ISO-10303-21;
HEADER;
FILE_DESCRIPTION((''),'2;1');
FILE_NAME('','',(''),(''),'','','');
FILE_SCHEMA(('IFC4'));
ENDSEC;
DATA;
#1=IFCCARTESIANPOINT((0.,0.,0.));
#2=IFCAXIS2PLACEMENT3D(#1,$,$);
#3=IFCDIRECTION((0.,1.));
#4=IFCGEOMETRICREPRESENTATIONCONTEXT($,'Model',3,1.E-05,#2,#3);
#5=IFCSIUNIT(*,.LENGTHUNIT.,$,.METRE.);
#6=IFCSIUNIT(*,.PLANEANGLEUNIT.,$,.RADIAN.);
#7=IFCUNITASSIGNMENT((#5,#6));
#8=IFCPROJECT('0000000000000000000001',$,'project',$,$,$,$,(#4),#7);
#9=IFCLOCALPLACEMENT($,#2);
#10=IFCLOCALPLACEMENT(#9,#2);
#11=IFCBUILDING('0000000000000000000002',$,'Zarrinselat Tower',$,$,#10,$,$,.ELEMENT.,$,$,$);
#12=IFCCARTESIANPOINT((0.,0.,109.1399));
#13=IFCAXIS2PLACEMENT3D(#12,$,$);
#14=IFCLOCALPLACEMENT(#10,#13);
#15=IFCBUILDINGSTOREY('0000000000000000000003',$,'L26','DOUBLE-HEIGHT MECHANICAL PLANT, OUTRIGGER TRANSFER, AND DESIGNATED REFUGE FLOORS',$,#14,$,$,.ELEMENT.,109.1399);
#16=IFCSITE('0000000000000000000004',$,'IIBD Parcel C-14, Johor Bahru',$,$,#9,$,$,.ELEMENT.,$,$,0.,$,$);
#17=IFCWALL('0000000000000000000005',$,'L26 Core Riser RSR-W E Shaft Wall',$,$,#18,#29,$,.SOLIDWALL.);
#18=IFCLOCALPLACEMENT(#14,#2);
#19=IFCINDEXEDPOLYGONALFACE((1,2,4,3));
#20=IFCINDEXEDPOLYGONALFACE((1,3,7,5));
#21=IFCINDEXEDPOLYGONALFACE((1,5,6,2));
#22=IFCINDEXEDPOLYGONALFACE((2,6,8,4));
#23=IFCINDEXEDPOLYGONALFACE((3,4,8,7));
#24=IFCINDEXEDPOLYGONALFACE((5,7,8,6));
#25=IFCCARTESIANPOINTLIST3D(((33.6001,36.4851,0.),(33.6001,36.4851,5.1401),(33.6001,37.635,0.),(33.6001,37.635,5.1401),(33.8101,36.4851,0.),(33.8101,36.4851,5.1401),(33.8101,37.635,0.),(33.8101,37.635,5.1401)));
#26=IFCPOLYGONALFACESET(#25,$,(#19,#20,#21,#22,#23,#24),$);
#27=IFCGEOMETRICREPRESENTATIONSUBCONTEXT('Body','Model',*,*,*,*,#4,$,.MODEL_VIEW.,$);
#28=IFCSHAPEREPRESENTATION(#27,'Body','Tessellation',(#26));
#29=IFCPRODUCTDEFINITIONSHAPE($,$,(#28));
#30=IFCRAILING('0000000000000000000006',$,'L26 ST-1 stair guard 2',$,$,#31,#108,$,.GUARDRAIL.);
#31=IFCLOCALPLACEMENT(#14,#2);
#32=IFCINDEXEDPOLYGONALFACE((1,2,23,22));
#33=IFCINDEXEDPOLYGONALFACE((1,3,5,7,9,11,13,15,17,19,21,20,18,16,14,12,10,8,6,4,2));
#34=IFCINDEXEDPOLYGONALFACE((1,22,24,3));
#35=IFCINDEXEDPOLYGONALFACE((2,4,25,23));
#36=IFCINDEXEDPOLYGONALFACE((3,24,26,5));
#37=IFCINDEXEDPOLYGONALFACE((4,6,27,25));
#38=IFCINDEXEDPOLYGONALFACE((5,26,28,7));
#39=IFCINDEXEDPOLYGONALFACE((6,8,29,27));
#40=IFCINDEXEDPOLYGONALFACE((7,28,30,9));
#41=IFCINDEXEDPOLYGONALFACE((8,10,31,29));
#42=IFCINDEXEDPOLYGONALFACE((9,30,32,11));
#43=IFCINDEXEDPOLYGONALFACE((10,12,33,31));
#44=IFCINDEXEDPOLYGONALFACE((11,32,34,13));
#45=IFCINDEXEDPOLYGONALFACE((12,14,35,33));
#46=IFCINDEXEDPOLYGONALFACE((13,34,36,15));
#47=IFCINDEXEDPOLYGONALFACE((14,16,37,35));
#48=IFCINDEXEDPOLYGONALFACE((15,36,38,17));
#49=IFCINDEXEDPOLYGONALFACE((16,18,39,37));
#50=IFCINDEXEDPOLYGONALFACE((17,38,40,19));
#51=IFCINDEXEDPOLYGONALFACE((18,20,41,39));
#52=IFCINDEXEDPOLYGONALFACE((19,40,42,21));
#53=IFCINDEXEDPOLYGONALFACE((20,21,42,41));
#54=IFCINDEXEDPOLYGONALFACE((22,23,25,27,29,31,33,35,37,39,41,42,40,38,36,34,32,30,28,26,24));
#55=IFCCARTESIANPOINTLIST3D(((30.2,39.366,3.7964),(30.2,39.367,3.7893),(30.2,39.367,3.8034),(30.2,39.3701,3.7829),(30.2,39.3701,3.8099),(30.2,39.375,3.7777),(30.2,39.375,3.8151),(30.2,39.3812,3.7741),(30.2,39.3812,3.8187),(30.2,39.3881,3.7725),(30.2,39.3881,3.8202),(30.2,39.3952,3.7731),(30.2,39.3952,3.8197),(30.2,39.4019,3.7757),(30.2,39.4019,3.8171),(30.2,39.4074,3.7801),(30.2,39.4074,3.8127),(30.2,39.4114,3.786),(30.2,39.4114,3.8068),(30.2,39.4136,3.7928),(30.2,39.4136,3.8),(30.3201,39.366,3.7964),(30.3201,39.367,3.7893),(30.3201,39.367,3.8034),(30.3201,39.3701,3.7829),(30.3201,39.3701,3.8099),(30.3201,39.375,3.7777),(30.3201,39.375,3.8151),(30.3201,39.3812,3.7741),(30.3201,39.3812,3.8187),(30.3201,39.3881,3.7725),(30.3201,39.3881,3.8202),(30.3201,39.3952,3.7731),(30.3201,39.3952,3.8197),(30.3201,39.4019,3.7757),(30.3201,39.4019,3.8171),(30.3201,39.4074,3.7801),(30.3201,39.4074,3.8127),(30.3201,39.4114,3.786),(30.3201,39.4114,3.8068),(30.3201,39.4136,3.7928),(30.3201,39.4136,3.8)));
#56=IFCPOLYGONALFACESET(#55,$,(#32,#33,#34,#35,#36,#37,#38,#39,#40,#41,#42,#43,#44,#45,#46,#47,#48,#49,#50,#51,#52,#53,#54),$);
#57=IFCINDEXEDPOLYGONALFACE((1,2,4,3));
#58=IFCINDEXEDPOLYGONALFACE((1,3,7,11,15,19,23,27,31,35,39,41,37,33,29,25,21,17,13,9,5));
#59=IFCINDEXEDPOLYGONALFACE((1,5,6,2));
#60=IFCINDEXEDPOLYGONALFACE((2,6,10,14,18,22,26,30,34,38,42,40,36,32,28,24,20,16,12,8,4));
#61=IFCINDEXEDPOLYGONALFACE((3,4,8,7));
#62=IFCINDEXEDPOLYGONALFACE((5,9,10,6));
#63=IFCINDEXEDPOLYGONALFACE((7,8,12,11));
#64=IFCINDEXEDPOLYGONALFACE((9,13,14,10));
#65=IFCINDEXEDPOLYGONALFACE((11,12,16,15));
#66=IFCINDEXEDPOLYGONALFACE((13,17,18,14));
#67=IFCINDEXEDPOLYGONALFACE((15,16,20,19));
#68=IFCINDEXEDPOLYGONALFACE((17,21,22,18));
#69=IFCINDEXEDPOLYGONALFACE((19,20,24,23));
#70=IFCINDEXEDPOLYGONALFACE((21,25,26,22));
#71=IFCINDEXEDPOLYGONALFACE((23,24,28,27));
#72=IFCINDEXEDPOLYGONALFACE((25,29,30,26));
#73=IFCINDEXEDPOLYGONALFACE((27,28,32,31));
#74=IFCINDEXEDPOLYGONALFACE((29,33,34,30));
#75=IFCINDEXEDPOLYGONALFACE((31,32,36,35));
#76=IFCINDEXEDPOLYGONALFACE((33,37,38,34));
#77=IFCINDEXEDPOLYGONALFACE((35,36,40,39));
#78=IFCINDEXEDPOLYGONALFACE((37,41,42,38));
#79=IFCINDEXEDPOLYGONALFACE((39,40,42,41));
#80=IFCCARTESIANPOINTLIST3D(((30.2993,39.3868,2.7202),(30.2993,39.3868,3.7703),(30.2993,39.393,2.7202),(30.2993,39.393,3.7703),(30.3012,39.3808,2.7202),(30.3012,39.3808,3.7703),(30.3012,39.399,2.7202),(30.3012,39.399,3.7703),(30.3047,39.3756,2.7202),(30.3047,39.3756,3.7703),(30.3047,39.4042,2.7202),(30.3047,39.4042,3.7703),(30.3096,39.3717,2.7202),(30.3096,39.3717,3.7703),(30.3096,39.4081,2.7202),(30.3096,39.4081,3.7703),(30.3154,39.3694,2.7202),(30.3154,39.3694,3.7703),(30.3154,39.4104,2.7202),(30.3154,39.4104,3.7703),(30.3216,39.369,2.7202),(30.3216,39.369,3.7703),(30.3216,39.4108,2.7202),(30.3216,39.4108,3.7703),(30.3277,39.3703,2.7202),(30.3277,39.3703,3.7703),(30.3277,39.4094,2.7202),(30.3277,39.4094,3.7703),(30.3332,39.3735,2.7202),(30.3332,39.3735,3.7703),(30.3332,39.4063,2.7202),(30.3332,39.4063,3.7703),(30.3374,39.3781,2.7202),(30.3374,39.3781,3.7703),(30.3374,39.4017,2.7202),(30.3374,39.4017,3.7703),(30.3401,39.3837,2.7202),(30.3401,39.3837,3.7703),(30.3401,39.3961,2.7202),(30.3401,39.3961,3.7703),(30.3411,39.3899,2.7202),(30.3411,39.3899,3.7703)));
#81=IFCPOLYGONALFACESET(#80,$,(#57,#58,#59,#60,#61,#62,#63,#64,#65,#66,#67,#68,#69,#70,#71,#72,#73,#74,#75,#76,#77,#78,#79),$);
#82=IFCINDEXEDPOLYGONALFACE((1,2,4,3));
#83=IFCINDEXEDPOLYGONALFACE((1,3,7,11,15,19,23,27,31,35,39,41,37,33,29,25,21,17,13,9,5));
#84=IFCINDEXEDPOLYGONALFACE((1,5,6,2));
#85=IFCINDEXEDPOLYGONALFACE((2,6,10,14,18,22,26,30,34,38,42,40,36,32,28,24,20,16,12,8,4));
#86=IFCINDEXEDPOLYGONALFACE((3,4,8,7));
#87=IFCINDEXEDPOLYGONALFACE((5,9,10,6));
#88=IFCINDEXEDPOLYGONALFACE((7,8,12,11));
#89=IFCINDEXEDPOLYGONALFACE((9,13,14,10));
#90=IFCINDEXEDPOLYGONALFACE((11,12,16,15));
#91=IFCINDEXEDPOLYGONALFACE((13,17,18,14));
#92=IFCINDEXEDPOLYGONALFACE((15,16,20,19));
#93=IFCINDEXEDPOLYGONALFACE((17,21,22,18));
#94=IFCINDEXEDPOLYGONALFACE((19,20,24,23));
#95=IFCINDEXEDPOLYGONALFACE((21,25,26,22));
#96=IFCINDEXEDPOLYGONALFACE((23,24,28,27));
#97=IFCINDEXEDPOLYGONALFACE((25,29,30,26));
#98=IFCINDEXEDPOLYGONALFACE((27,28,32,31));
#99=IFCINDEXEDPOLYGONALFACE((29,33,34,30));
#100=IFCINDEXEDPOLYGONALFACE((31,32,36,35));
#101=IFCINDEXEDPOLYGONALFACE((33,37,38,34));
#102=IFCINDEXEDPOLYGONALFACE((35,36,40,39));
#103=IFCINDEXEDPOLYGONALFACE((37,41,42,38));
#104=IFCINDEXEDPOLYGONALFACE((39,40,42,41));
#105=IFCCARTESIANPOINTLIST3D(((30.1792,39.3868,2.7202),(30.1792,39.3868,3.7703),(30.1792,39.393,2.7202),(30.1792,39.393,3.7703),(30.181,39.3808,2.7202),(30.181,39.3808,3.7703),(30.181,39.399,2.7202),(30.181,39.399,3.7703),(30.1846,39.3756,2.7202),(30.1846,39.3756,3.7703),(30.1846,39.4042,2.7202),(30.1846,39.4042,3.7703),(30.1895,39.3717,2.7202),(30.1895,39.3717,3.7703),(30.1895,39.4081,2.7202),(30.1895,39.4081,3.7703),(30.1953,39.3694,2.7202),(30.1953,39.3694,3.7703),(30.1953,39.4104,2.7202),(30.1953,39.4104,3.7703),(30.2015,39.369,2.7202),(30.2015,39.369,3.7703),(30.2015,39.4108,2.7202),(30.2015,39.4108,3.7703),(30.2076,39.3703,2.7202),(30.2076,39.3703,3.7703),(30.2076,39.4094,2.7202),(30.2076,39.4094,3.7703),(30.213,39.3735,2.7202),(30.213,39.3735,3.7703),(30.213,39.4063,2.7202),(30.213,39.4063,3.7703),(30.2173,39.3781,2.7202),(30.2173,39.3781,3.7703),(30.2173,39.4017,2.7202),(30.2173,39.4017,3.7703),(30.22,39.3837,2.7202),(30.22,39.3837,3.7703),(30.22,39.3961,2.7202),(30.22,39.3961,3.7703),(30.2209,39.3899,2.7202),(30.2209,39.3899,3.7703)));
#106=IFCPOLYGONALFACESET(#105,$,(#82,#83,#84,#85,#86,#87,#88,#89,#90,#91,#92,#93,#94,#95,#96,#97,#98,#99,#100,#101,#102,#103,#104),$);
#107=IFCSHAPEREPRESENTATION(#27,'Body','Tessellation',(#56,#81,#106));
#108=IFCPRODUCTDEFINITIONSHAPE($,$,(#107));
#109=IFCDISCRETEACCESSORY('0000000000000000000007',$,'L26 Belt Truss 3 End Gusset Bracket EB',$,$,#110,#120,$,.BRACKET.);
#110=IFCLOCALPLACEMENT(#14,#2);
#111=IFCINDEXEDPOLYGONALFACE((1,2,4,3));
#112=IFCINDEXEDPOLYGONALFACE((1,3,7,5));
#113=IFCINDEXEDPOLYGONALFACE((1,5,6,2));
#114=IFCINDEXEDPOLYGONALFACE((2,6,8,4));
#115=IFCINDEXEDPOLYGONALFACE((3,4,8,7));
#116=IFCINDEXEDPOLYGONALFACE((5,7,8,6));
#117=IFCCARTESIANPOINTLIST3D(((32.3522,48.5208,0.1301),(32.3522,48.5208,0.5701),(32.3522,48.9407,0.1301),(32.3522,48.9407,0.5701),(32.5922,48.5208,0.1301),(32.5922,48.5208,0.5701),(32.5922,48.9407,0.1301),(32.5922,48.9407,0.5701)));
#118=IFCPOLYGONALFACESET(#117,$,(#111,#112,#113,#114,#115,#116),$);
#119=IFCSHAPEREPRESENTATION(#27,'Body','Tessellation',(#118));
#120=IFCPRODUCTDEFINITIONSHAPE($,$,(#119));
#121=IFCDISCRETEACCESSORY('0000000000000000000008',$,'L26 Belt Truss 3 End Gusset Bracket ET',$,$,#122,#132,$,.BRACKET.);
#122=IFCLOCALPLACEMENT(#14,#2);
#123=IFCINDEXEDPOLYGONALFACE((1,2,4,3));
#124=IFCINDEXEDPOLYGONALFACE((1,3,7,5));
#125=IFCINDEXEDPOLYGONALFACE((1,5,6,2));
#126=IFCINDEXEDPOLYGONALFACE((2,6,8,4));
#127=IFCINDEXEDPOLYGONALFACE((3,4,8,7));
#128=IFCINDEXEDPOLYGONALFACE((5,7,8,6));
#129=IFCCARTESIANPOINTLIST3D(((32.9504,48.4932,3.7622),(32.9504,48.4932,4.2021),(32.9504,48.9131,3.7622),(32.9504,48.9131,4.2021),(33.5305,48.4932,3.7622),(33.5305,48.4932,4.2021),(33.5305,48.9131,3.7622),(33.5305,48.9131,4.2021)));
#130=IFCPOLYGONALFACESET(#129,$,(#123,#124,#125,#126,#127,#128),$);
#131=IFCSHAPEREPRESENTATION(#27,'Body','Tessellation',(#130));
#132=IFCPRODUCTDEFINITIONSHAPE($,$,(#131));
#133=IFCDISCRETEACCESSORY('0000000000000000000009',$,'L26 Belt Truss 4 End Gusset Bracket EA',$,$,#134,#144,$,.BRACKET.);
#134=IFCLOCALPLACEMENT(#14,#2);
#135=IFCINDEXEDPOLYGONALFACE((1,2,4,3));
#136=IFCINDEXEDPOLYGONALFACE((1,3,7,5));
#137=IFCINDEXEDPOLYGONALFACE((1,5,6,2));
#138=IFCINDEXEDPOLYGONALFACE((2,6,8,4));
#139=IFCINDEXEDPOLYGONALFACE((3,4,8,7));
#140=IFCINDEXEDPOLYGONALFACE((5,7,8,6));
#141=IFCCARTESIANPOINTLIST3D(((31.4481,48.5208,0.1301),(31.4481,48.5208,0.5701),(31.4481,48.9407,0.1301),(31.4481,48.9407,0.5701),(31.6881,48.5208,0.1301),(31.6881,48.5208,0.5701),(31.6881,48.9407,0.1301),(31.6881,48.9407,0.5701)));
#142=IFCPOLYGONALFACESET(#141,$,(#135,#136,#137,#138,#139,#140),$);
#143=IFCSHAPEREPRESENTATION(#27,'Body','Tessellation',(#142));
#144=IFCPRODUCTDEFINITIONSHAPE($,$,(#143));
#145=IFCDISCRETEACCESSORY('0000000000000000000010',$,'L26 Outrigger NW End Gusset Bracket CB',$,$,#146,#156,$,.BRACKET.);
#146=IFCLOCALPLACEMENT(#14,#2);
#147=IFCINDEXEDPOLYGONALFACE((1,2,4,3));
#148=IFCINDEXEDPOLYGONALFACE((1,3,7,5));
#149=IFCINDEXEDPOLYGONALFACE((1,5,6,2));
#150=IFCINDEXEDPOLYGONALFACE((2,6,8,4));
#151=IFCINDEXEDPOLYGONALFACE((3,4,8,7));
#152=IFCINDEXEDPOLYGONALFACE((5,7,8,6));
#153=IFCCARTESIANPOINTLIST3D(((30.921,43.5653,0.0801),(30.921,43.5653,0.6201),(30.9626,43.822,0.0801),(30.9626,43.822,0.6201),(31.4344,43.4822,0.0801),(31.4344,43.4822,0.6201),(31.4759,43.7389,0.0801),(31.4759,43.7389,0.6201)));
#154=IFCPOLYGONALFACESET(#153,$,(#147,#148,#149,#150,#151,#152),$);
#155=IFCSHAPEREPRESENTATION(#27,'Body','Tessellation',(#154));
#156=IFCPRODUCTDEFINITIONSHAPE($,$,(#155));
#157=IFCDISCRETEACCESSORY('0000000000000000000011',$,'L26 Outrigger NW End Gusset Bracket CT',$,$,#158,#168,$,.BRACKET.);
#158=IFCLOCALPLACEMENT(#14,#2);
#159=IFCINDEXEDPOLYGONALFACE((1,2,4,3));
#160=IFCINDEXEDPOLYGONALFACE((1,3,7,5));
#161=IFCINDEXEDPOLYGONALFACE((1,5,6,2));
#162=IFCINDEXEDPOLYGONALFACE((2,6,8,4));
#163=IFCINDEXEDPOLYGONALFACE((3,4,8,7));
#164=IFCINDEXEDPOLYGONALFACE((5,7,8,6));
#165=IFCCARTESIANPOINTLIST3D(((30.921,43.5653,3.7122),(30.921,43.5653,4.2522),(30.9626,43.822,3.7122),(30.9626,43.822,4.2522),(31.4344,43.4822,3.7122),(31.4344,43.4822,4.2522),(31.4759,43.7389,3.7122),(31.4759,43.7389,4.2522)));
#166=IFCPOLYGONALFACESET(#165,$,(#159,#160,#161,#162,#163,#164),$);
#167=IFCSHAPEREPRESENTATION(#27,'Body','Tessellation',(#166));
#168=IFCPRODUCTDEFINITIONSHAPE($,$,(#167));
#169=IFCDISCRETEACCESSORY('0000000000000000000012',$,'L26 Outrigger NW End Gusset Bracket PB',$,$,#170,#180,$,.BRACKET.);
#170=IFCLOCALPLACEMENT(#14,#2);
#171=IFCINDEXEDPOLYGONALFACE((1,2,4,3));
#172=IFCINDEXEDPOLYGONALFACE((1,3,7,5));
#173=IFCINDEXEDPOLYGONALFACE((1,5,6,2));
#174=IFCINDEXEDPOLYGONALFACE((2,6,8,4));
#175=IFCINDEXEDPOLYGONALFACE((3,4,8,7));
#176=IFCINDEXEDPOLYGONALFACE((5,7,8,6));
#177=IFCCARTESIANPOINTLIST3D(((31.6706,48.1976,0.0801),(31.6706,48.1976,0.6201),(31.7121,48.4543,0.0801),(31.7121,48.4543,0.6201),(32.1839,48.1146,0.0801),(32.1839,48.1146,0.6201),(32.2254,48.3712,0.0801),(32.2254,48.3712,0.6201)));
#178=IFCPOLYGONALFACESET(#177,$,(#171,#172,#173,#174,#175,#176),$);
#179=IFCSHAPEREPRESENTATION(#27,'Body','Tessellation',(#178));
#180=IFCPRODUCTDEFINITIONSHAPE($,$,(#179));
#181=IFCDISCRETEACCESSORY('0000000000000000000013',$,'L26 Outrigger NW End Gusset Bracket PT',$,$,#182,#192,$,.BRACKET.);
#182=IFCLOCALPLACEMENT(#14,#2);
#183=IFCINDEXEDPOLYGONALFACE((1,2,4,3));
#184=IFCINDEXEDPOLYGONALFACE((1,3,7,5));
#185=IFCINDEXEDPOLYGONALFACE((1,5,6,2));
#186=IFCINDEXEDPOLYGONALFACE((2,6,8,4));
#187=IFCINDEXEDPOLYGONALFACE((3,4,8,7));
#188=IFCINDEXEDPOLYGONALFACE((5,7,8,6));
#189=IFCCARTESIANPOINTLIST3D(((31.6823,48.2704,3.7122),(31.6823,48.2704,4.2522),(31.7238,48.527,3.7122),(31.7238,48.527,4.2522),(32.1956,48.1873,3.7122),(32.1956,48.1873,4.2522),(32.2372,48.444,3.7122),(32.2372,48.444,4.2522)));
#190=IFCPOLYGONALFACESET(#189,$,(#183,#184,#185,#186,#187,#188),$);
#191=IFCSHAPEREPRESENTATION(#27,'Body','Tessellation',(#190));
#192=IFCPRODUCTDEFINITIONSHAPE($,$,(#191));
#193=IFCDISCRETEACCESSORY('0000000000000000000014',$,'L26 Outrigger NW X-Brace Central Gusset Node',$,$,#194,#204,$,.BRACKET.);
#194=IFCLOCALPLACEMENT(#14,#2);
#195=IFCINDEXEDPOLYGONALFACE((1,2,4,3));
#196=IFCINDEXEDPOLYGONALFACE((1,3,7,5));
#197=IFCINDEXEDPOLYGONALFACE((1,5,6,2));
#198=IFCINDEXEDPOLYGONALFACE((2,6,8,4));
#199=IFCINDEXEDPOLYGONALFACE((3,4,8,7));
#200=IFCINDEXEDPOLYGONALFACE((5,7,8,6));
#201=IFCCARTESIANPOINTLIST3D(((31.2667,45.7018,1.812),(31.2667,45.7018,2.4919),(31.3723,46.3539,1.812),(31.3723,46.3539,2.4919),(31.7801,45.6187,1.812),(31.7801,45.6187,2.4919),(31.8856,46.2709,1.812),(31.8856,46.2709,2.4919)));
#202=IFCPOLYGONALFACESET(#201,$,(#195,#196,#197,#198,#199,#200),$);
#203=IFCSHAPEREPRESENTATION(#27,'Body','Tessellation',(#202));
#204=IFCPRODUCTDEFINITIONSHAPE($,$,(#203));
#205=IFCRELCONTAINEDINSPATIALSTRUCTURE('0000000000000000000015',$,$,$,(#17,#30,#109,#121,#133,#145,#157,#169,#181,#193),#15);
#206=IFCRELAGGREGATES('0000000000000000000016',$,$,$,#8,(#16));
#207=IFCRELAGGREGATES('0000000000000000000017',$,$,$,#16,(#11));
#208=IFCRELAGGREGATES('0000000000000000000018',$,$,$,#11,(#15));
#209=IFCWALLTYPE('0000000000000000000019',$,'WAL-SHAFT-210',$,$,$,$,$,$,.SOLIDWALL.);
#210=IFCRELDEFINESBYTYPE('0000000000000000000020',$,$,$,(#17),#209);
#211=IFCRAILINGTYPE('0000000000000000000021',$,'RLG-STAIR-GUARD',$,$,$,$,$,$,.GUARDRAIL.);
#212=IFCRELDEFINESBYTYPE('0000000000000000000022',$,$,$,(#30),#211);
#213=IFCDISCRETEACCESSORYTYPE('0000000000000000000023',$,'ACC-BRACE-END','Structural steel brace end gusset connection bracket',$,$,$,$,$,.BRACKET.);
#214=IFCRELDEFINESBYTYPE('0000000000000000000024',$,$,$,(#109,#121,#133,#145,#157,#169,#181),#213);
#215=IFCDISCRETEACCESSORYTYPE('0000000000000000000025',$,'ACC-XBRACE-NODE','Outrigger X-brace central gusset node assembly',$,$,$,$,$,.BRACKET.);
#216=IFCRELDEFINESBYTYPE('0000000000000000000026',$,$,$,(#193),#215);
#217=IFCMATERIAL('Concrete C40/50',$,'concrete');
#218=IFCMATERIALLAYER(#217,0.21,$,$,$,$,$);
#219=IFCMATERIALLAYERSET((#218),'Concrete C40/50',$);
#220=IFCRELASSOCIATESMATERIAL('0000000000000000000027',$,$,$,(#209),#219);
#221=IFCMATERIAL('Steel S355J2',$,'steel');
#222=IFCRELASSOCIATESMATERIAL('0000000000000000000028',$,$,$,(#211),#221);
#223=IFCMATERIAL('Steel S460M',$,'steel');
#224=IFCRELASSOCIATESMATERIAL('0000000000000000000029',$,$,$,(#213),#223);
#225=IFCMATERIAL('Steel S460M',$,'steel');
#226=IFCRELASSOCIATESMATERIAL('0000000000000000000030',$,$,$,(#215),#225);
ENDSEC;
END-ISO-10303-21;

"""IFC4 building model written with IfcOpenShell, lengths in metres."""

from ifc_helpers import new_model, si_unit, direction, frame, frame_2d, origin, origin_2d, place, context, subcontext, project, spatial, rectangle, circle, extrude, material, layer, layer_set, type_object, element, save


model = new_model("IFC4")

# Units and contexts
model_context = context("Model", 3, precision=1e-05, world=origin(), true_north=direction((0.0, 1.0)))
body_context = subcontext(model_context, "Body", "Model", "MODEL_VIEW")
ifc_project = project(units=[si_unit("LENGTHUNIT", "METRE"), si_unit("PLANEANGLEUNIT", "RADIAN")], contexts=[model_context])

# Site, building, storey
site_placement = place(None, origin())
site = spatial("IfcSite", under=ifc_project, at=site_placement, Name="IIBD Parcel C-14, Johor Bahru", CompositionType="ELEMENT", RefElevation=0.0)
building_placement = place(site_placement, origin())
building = spatial("IfcBuilding", under=site, at=building_placement, Name="Zarrinselat Tower", CompositionType="ELEMENT")
storey_placement = place(building_placement, frame((0.0, 0.0, 109.1399)))
storey = spatial("IfcBuildingStorey", under=building, at=storey_placement, Name="L26", Description="DOUBLE-HEIGHT MECHANICAL PLANT, OUTRIGGER TRANSFER, AND DESIGNATED REFUGE FLOORS", CompositionType="ELEMENT", Elevation=109.1399)

# Wall
ifc_material_1 = material(Name="Concrete C40/50", Category="concrete")
ifc_layer_1 = layer(ifc_material_1, 0.21)
ifc_layer_set_1 = layer_set([ifc_layer_1], Name="Concrete C40/50")
wall_type_1 = type_object("IfcWallType", Name="WAL-SHAFT-210", PredefinedType="SOLIDWALL", material=ifc_layer_set_1)
for number, where, z_axis, x_axis, name in (
    (1, (33.7051, 36.4851, 0.0), (0.0, 0.0, 1.0), (0.0, 1.0, 0.0), "L26 Core Riser RSR-W E Shaft Wall"),
):
    element("IfcWall", number, at=place(storey_placement, frame(where, z_axis=z_axis, x_axis=x_axis)), inside=storey, type_object=wall_type_1, Name=name, PredefinedType="SOLIDWALL", context=body_context, shape_type="SweptSolid", body=[
        extrude(rectangle(XDim=1.1499, YDim=0.21, at=frame_2d((0.575, 0.0))), origin(), (0.0, 0.0, 1.0), 5.1401),
    ])

# Railing
ifc_material_2 = material(Name="Steel S355J2", Category="steel")
railing_type = type_object("IfcRailingType", Name="RLG-STAIR-GUARD", PredefinedType="GUARDRAIL", material=ifc_material_2)
railing_placement = place(storey_placement, frame((30.3201, 39.3899, 2.7202)))
element("IfcRailing", 2, at=railing_placement, inside=storey, type_object=railing_type, Name="L26 ST-1 stair guard 2", PredefinedType="GUARDRAIL", context=body_context, shape_type="SweptSolid", body=[
    extrude(circle(Radius=0.0239, at=origin_2d()), frame((0.0, 0.0, 1.0762), z_axis=(-1.0, 0.0, 0.0), x_axis=(0.0, -1.0, 0.0)), (0.0, 0.0, 1.0), 0.1201),
    extrude(circle(Radius=0.021, at=origin_2d()), origin(), (0.0, 0.0, 1.0), 1.05),
    extrude(circle(Radius=0.021, at=origin_2d()), frame((-0.1201, 0.0, 0.0)), (0.0, 0.0, 1.0), 1.05),
])

# Discrete accessories
ifc_material_3 = material(Name="Steel S460M", Category="steel")
discrete_accessory_type_1 = type_object("IfcDiscreteAccessoryType", Name="ACC-BRACE-END", Description="Structural steel brace end gusset connection bracket", PredefinedType="BRACKET", material=ifc_material_3)
discrete_accessory_1_placement = place(storey_placement, frame((32.4722, 48.7307, 0.1301), z_axis=(0.0, 0.0, 1.0), x_axis=(-1.0, 0.0, 0.0)))
element("IfcDiscreteAccessory", 3, at=discrete_accessory_1_placement, inside=storey, type_object=discrete_accessory_type_1, Name="L26 Belt Truss 3 End Gusset Bracket EB", PredefinedType="BRACKET", context=body_context, shape_type="SweptSolid", body=[
    extrude(rectangle(XDim=0.24, YDim=0.4199, at=origin_2d()), origin(), (0.0, 0.0, 1.0), 0.4399),
])
discrete_accessory_2_placement = place(storey_placement, frame((33.2405, 48.7031, 3.7622), z_axis=(0.0, 0.0, 1.0), x_axis=(-1.0, 0.0, 0.0)))
element("IfcDiscreteAccessory", 4, at=discrete_accessory_2_placement, inside=storey, type_object=discrete_accessory_type_1, Name="L26 Belt Truss 3 End Gusset Bracket ET", PredefinedType="BRACKET", context=body_context, shape_type="SweptSolid", body=[
    extrude(rectangle(XDim=0.5801, YDim=0.4199, at=origin_2d()), origin(), (0.0, 0.0, 1.0), 0.4399),
])
discrete_accessory_3_placement = place(storey_placement, frame((31.5681, 48.7307, 0.1301), z_axis=(0.0, 0.0, 1.0), x_axis=(-1.0, 0.0, 0.0)))
element("IfcDiscreteAccessory", 5, at=discrete_accessory_3_placement, inside=storey, type_object=discrete_accessory_type_1, Name="L26 Belt Truss 4 End Gusset Bracket EA", PredefinedType="BRACKET", context=body_context, shape_type="SweptSolid", body=[
    extrude(rectangle(XDim=0.24, YDim=0.4199, at=origin_2d()), origin(), (0.0, 0.0, 1.0), 0.4399),
])
for number, where, z_axis, x_axis, name in (
    (6, (31.1985, 43.6521, 0.0801), (0.0, 0.0, 1.0), (0.159729, 0.987161, 0.0), "L26 Outrigger NW End Gusset Bracket CB"),
    (7, (31.1985, 43.6521, 3.7122), (0.0, 0.0, 1.0), (0.159729, 0.987161, 0.0), "L26 Outrigger NW End Gusset Bracket CT"),
    (8, (31.948, 48.2844, 0.0801), (0.0, 0.0, 1.0), (0.159729, 0.987161, 0.0), "L26 Outrigger NW End Gusset Bracket PB"),
    (9, (31.9597, 48.3572, 3.7122), (0.0, 0.0, 1.0), (0.159729, 0.987161, 0.0), "L26 Outrigger NW End Gusset Bracket PT"),
):
    element("IfcDiscreteAccessory", number, at=place(storey_placement, frame(where, z_axis=z_axis, x_axis=x_axis)), inside=storey, type_object=discrete_accessory_type_1, Name=name, PredefinedType="BRACKET", context=body_context, shape_type="SweptSolid", body=[
        extrude(rectangle(XDim=0.26, YDim=0.52, at=origin_2d()), origin(), (0.0, 0.0, 1.0), 0.54),
    ])
ifc_material_4 = material(Name="Steel S460M", Category="steel")
discrete_accessory_type_2 = type_object("IfcDiscreteAccessoryType", Name="ACC-XBRACE-NODE", Description="Outrigger X-brace central gusset node assembly", PredefinedType="BRACKET", material=ifc_material_4)
discrete_accessory_4_placement = place(storey_placement, frame((31.5762, 45.9863, 1.812), z_axis=(0.0, 0.0, 1.0), x_axis=(0.159729, 0.987161, 0.0)))
element("IfcDiscreteAccessory", 10, at=discrete_accessory_4_placement, inside=storey, type_object=discrete_accessory_type_2, Name="L26 Outrigger NW X-Brace Central Gusset Node", PredefinedType="BRACKET", context=body_context, shape_type="SweptSolid", body=[
    extrude(rectangle(XDim=0.6606, YDim=0.52, at=origin_2d()), origin(), (0.0, 0.0, 1.0), 0.6799),
])

save(model, "model.ifc")
